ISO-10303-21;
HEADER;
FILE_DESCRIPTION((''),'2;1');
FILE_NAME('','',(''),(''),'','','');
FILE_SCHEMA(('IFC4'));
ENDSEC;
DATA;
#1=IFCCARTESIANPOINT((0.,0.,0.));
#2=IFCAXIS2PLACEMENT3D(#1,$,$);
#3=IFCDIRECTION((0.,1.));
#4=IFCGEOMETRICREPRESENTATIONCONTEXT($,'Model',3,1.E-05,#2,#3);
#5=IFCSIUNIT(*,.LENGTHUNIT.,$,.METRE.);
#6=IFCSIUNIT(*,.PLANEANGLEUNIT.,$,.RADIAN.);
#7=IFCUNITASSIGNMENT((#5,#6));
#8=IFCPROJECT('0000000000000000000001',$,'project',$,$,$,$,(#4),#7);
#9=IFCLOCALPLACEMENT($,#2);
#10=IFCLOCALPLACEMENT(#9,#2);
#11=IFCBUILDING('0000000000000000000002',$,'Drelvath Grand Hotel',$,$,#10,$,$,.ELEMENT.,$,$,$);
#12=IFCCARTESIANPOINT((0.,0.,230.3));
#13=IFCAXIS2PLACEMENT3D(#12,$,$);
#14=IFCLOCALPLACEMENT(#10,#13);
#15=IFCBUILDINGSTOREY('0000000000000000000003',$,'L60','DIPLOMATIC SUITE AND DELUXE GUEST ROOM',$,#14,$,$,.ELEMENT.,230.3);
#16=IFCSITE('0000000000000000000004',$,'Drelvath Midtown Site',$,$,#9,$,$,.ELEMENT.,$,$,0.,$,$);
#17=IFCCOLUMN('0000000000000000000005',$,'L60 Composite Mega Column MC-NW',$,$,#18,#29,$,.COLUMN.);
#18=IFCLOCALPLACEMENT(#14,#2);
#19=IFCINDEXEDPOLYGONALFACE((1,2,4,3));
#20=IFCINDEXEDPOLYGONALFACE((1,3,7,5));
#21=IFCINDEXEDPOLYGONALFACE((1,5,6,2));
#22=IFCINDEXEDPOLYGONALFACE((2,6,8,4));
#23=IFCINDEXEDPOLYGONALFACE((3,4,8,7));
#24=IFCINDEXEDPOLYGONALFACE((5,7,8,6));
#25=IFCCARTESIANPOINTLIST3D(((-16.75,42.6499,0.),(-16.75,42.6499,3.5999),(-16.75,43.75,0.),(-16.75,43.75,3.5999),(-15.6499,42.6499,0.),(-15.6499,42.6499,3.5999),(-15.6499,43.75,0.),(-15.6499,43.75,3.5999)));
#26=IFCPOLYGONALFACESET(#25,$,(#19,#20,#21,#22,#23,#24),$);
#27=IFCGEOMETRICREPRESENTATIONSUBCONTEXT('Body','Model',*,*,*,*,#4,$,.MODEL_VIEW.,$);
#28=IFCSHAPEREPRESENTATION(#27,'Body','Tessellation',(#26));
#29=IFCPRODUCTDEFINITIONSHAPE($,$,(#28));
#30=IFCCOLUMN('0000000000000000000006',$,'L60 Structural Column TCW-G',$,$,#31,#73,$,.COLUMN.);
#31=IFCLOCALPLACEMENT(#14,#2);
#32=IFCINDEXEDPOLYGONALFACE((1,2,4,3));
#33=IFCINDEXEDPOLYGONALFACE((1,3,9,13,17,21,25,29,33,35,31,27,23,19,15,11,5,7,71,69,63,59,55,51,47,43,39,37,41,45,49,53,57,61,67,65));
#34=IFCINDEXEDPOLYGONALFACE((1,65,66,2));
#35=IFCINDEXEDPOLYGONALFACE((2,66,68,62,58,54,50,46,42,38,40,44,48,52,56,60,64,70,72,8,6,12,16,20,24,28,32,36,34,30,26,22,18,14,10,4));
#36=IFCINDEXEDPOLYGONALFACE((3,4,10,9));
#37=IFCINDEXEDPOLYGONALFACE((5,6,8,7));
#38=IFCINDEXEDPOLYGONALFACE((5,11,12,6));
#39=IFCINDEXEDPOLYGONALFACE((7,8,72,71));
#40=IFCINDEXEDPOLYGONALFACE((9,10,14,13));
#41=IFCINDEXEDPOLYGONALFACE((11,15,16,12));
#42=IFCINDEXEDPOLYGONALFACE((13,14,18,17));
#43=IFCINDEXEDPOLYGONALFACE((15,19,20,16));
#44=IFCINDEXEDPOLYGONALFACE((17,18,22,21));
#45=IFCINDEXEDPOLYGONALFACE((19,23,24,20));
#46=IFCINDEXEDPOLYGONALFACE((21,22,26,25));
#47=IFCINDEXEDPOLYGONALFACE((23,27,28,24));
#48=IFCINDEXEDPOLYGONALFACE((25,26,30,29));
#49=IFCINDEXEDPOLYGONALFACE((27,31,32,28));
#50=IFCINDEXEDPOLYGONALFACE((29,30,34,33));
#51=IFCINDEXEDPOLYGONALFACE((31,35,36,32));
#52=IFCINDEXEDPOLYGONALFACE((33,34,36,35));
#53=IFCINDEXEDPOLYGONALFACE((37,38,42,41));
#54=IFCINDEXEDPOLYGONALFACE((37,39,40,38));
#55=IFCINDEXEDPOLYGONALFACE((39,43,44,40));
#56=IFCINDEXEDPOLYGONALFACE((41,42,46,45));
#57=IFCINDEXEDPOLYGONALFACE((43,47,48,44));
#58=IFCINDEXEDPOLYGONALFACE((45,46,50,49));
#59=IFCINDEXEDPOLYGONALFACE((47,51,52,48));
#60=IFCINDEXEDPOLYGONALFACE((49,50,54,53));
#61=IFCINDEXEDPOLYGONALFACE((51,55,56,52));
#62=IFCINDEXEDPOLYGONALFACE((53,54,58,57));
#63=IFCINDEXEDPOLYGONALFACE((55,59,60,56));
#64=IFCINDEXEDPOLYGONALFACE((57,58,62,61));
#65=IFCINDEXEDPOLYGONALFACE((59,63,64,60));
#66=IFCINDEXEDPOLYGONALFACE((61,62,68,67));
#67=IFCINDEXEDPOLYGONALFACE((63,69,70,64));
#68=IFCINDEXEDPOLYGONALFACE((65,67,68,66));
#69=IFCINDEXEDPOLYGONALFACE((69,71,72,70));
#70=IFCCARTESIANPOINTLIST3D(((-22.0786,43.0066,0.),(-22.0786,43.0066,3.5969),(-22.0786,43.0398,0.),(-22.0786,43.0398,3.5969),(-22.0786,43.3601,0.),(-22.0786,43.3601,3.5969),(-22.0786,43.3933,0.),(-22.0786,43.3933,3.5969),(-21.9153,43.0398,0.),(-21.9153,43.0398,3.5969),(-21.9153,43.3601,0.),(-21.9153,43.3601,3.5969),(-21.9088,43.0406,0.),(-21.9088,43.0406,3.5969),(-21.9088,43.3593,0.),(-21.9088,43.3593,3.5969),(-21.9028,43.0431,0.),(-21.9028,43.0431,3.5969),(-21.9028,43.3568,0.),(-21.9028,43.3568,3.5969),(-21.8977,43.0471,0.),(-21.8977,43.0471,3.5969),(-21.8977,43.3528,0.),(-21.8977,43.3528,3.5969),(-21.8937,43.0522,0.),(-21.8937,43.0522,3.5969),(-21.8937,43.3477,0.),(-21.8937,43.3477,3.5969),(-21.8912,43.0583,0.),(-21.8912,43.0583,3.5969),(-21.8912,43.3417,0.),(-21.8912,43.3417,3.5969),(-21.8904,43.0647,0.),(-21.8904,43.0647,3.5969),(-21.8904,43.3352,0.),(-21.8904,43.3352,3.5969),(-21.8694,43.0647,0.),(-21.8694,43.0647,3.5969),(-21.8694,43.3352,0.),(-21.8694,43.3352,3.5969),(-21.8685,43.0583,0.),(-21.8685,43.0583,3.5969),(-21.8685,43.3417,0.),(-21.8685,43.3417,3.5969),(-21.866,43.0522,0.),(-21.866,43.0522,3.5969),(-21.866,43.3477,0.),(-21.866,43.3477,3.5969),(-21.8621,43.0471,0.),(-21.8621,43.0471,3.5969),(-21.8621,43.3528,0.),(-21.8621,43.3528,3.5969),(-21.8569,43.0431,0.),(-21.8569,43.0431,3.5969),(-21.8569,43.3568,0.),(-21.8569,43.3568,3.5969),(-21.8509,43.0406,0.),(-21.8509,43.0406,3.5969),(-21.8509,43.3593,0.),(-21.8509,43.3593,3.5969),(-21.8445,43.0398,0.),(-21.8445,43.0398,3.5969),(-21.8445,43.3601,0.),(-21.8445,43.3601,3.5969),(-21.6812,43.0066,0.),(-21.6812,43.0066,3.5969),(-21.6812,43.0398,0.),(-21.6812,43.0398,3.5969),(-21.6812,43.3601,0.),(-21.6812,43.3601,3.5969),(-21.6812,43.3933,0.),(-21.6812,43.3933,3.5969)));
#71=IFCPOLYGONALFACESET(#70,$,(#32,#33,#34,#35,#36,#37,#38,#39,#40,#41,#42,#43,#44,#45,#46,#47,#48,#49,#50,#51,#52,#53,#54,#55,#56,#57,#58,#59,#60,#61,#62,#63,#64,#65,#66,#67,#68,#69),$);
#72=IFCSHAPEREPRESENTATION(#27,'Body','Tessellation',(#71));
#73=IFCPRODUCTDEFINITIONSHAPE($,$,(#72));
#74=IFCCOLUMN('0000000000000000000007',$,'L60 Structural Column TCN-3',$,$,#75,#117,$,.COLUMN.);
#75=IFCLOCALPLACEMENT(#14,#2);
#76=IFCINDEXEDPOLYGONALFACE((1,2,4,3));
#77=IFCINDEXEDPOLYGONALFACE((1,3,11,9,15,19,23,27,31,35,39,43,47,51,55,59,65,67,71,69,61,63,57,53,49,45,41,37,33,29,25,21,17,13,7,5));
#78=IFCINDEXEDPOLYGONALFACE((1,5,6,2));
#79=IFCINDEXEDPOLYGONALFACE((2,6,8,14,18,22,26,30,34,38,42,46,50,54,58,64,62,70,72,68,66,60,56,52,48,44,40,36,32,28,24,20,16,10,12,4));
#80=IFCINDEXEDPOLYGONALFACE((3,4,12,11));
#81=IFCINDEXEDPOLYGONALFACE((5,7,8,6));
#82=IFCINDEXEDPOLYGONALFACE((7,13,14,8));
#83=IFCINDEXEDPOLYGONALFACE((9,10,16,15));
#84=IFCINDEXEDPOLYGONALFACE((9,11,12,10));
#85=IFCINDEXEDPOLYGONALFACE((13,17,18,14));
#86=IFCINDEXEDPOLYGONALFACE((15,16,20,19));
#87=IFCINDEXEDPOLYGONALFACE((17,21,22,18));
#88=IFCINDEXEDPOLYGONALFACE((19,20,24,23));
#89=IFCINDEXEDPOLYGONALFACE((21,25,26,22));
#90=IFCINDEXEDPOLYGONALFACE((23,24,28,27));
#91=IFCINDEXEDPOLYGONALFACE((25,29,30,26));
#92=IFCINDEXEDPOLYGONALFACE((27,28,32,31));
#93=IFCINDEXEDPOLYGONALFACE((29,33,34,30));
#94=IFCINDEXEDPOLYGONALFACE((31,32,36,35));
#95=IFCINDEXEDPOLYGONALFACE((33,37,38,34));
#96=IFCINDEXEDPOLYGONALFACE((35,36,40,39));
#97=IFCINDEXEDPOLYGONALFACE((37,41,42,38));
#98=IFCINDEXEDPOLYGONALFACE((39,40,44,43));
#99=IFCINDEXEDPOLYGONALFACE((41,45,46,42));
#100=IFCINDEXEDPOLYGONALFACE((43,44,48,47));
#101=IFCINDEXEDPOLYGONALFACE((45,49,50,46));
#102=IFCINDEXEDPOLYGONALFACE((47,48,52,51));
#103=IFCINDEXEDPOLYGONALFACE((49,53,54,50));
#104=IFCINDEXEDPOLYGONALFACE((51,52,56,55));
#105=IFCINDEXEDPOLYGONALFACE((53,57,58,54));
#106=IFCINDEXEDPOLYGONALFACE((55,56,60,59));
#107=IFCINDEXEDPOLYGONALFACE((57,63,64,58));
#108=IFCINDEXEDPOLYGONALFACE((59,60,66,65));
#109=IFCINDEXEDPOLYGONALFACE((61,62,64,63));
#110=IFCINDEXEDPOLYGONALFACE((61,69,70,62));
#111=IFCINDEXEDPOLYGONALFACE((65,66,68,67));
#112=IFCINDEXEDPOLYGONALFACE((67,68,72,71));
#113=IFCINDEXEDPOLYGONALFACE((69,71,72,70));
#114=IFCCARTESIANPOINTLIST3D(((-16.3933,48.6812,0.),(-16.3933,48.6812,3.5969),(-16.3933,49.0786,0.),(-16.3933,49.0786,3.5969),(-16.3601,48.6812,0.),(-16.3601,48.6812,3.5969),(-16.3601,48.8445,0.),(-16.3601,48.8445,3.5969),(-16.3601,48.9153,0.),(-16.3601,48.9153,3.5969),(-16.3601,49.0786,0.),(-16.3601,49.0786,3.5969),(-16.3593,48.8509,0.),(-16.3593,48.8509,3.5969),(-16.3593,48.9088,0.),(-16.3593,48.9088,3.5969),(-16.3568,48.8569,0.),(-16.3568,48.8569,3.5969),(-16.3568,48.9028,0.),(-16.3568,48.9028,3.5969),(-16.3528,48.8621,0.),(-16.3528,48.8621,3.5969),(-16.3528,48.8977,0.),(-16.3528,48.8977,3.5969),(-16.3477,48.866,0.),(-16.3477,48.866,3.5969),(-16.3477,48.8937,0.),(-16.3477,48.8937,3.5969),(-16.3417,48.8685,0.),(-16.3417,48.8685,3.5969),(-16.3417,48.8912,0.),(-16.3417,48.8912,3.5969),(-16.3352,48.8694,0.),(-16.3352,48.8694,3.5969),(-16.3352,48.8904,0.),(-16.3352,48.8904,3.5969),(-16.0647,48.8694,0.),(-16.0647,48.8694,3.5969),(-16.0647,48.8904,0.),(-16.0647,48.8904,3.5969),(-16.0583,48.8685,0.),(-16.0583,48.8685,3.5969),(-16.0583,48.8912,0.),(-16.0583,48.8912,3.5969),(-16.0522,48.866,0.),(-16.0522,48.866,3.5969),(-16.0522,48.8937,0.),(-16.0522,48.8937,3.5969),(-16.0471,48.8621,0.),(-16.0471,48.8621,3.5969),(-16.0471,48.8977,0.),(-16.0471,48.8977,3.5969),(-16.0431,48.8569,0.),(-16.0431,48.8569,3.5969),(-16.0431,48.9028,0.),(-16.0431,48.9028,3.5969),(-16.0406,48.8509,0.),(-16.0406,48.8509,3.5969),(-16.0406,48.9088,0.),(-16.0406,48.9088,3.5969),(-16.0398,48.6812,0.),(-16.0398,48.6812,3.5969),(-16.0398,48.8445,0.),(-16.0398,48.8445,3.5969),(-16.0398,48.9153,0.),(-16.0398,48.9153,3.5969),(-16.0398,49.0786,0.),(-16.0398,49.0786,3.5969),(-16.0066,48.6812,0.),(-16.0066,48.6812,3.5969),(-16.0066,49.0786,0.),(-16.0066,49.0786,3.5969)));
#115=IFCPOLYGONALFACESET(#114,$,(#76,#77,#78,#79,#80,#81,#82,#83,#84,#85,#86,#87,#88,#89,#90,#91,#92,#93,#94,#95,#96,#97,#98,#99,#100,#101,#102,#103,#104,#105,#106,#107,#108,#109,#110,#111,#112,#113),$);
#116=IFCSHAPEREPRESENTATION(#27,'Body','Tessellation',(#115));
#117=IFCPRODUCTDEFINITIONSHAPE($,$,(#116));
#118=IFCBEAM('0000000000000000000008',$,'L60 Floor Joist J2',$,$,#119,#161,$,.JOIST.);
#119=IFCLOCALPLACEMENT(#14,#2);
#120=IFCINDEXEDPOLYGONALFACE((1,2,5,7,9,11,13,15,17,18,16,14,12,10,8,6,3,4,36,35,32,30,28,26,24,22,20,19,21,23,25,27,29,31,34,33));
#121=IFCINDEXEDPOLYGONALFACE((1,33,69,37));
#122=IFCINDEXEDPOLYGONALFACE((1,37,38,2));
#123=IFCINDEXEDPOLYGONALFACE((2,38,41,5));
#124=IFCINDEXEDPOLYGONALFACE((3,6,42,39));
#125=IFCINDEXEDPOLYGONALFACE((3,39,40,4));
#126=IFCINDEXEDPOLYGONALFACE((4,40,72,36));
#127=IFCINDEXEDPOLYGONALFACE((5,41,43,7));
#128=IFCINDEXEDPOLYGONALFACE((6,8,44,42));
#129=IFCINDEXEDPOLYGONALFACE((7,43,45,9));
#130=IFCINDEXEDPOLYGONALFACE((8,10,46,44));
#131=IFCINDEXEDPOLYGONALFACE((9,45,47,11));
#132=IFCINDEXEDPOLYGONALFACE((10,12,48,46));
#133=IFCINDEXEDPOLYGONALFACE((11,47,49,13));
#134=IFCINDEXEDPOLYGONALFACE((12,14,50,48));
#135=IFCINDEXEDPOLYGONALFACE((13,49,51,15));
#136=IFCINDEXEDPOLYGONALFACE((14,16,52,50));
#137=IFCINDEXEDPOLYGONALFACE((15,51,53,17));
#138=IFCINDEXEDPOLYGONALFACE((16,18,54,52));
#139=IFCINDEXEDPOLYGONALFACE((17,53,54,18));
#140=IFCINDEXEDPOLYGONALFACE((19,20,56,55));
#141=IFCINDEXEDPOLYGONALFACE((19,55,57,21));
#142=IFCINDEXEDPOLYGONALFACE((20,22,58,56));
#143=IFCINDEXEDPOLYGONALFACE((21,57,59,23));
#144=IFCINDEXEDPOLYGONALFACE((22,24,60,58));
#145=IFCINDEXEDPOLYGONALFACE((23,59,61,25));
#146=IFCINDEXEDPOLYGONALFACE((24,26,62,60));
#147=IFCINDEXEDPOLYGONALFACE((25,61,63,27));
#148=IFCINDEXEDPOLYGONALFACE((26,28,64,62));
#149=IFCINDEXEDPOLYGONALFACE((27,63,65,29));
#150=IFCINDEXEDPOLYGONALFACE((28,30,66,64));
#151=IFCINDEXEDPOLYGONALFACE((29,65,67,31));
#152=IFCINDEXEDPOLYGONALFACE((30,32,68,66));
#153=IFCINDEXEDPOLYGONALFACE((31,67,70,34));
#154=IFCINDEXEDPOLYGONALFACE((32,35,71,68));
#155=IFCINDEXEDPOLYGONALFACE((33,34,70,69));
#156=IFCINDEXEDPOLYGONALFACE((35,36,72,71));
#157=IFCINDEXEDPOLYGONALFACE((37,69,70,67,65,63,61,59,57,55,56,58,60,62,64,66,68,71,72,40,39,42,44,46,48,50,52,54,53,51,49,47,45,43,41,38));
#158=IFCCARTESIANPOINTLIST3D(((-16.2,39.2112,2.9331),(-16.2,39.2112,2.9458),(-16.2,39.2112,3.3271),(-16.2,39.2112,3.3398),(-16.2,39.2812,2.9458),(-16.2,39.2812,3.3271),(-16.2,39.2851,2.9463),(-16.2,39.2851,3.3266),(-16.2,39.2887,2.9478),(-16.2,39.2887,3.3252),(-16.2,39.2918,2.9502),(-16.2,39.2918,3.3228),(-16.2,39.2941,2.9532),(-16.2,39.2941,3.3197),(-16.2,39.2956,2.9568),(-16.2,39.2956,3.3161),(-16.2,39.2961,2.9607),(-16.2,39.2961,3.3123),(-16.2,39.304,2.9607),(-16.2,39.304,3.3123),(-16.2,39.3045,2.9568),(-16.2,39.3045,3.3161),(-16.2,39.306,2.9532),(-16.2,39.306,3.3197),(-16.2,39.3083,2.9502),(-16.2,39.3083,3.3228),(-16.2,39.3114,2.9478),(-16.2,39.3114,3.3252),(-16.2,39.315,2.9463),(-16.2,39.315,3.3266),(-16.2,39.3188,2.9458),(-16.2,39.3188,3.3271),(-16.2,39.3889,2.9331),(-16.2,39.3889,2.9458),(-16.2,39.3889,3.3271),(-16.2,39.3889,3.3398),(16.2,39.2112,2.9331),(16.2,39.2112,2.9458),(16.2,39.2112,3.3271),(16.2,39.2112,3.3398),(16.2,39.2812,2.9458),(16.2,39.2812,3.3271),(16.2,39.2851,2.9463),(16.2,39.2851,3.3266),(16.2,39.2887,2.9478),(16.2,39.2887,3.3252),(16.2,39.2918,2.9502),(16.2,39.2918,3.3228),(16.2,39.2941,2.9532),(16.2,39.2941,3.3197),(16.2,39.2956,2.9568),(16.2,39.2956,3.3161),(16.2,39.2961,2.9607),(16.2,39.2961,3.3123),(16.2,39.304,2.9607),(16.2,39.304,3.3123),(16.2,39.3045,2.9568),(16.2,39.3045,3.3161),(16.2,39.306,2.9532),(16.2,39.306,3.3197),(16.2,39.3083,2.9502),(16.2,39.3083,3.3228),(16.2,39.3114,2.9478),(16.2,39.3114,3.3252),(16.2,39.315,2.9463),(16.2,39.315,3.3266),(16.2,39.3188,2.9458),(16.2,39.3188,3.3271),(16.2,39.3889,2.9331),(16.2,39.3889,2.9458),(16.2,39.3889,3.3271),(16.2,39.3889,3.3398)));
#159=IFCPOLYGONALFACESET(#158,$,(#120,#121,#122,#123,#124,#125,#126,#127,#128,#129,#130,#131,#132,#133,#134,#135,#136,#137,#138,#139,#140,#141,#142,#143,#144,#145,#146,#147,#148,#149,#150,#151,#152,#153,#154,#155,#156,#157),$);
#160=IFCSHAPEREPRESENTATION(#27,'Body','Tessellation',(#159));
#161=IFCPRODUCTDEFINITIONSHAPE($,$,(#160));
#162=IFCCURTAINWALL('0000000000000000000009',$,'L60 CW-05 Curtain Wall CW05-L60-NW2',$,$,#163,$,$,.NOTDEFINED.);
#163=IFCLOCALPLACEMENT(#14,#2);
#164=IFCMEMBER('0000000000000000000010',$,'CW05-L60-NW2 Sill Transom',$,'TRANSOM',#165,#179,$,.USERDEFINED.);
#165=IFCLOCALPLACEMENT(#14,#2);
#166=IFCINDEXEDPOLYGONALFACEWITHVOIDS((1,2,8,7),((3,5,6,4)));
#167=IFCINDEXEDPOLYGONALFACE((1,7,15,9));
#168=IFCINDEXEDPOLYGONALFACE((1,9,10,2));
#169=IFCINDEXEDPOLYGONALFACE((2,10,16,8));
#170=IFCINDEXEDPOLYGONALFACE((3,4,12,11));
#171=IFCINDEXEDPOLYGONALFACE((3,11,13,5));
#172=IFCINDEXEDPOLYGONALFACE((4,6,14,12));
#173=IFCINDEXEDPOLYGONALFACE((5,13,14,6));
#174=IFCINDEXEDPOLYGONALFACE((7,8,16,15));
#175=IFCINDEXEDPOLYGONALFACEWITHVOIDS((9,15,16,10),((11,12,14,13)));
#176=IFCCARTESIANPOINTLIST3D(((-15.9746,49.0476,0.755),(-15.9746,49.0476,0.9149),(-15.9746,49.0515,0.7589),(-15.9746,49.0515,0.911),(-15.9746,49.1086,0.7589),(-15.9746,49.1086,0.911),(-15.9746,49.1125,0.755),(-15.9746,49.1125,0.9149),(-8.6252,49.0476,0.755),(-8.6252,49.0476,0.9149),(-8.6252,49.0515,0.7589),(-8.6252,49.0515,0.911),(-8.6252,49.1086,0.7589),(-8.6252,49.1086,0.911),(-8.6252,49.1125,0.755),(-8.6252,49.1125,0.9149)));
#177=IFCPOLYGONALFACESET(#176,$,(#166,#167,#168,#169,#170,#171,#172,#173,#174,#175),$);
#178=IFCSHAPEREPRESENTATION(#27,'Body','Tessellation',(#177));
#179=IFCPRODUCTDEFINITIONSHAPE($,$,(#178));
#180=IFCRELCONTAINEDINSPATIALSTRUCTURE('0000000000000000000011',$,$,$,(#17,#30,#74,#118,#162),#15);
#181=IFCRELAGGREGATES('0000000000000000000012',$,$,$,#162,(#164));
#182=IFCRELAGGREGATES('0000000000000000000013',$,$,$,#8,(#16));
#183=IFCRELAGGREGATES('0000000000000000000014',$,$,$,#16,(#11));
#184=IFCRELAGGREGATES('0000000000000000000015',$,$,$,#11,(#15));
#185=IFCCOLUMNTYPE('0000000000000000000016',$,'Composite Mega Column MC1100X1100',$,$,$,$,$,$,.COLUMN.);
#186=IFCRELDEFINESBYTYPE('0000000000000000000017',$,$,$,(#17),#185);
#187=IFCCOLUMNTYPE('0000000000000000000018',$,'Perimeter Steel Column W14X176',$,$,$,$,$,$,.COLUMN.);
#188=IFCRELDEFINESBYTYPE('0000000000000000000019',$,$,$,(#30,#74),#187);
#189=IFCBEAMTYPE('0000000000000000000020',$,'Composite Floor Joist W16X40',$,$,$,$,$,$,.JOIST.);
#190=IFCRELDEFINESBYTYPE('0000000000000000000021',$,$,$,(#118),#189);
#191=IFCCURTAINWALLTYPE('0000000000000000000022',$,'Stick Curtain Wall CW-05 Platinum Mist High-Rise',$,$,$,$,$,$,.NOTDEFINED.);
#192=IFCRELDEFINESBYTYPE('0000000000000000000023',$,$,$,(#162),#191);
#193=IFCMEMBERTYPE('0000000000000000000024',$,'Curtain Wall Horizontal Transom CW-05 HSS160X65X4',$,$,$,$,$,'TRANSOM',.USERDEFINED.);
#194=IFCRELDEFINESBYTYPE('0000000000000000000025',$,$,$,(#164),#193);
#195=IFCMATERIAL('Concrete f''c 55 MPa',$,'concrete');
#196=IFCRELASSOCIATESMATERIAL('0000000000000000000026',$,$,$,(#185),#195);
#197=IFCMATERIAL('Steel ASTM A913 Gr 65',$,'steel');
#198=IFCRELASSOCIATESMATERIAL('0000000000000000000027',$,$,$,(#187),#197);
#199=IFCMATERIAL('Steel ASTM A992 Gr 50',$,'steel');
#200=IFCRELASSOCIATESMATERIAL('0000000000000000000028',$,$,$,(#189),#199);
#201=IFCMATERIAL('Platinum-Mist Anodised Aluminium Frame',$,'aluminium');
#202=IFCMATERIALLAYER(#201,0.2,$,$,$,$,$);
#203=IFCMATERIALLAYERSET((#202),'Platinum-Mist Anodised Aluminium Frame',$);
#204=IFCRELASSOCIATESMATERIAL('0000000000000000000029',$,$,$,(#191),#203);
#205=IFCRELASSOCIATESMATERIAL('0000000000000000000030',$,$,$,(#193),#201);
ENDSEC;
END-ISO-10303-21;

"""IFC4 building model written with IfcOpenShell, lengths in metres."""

from ifc_helpers import new_model, si_unit, direction, frame, origin, origin_2d, place, context, subcontext, project, spatial, rectangle, hollow_rectangle, i_section, extrude, material, layer, layer_set, material_profile, profile_set, type_object, element, aggregate, save


model = new_model("IFC4")

# Units and contexts
model_context = context("Model", 3, precision=1e-05, world=origin(), true_north=direction((0.0, 1.0)))
body_context = subcontext(model_context, "Body", "Model", "MODEL_VIEW")
ifc_project = project(units=[si_unit("LENGTHUNIT", "METRE"), si_unit("PLANEANGLEUNIT", "RADIAN")], contexts=[model_context])

# Site, building, storey
site_placement = place(None, origin())
site = spatial("IfcSite", under=ifc_project, at=site_placement, Name="Drelvath Midtown Site", CompositionType="ELEMENT", RefElevation=0.0)
building_placement = place(site_placement, origin())
building = spatial("IfcBuilding", under=site, at=building_placement, Name="Drelvath Grand Hotel", CompositionType="ELEMENT")
storey_placement = place(building_placement, frame((0.0, 0.0, 230.3)))
storey = spatial("IfcBuildingStorey", under=building, at=storey_placement, Name="L60", Description="DIPLOMATIC SUITE AND DELUXE GUEST ROOM", CompositionType="ELEMENT", Elevation=230.3)

# Columns
ifc_material_1 = material(Name="Concrete f'c 55 MPa", Category="concrete")
ifc_material_profile_1 = material_profile(ifc_material_1, rectangle(XDim=1.1001, YDim=1.1001, at=origin_2d()), Name="MC1100X1100")
ifc_profile_set_1 = profile_set([ifc_material_profile_1], Name="Concrete f'c 55 MPa")
column_type_1 = type_object("IfcColumnType", Name="Composite Mega Column MC1100X1100", PredefinedType="COLUMN", material=ifc_profile_set_1)
column_placement = place(storey_placement, frame((-16.2, 43.2, 0.0), z_axis=(0.0, 0.0, 1.0), x_axis=(1.0, 0.0, 0.0)))
element("IfcColumn", 1, at=column_placement, inside=storey, type_object=column_type_1, Name="L60 Composite Mega Column MC-NW", PredefinedType="COLUMN", context=body_context, shape_type="SweptSolid", body=[
    extrude(rectangle(XDim=1.1001, YDim=1.1001, at=origin_2d()), origin(), (0.0, 0.0, 1.0), 3.5999),
])
ifc_material_2 = material(Name="Steel ASTM A913 Gr 65", Category="steel")
ifc_material_profile_2 = material_profile(ifc_material_2, i_section(OverallWidth=0.3975, OverallDepth=0.3867, WebThickness=0.021, FlangeThickness=0.0332, FilletRadius=0.0249, at=origin_2d()), Name="W14X176")
ifc_profile_set_2 = profile_set([ifc_material_profile_2], Name="Steel ASTM A913 Gr 65")
column_type_2 = type_object("IfcColumnType", Name="Perimeter Steel Column W14X176", PredefinedType="COLUMN", material=ifc_profile_set_2)
for number, where, z_axis, x_axis, name in (
    (2, (-21.8799, 43.2, 0.0), (0.0, 0.0, 1.0), (1.0, 0.0, 0.0), "L60 Structural Column TCW-G"),
    (3, (-16.2, 48.8799, 0.0), (0.0, 0.0, 1.0), (0.0, 1.0, 0.0), "L60 Structural Column TCN-3"),
):
    element("IfcColumn", number, at=place(storey_placement, frame(where, z_axis=z_axis, x_axis=x_axis)), inside=storey, type_object=column_type_2, Name=name, PredefinedType="COLUMN", context=body_context, shape_type="SweptSolid", body=[
        extrude(i_section(OverallWidth=0.3975, OverallDepth=0.3867, WebThickness=0.021, FlangeThickness=0.0332, FilletRadius=0.0249, at=origin_2d()), origin(), (0.0, 0.0, 1.0), 3.5969),
    ])

# Beam
ifc_material_3 = material(Name="Steel ASTM A992 Gr 50", Category="steel")
ifc_material_profile_3 = material_profile(ifc_material_3, i_section(OverallWidth=0.1777, OverallDepth=0.4067, WebThickness=0.0078, FlangeThickness=0.0127, FilletRadius=0.0149, at=origin_2d()), Name="W16X40")
ifc_profile_set_3 = profile_set([ifc_material_profile_3], Name="Steel ASTM A992 Gr 50")
beam_type_1 = type_object("IfcBeamType", Name="Composite Floor Joist W16X40", PredefinedType="JOIST", material=ifc_profile_set_3)
beam_1_placement = place(storey_placement, frame((-16.2, 39.3, 3.1365), z_axis=(1.0, 0.0, 0.0), x_axis=(0.0, 1.0, 0.0)))
element("IfcBeam", 4, at=beam_1_placement, inside=storey, type_object=beam_type_1, Name="L60 Floor Joist J2", PredefinedType="JOIST", context=body_context, shape_type="SweptSolid", body=[
    extrude(i_section(OverallWidth=0.1777, OverallDepth=0.4067, WebThickness=0.0078, FlangeThickness=0.0127, FilletRadius=0.0149, at=origin_2d()), origin(), (0.0, 0.0, 1.0), 32.3999),
])

# Curtain wall, member
ifc_material_4 = material(Name="Platinum-Mist Anodised Aluminium Frame", Category="aluminium")
ifc_layer_1 = layer(ifc_material_4, 0.2)
ifc_layer_set_1 = layer_set([ifc_layer_1], Name="Platinum-Mist Anodised Aluminium Frame")
curtain_wall_type = type_object("IfcCurtainWallType", Name="Stick Curtain Wall CW-05 Platinum Mist High-Rise", PredefinedType="NOTDEFINED", material=ifc_layer_set_1)
curtain_wall_1_placement = place(storey_placement, origin())
curtain_wall_1 = element("IfcCurtainWall", 5, at=curtain_wall_1_placement, inside=storey, type_object=curtain_wall_type, Name="L60 CW-05 Curtain Wall CW05-L60-NW2", PredefinedType="NOTDEFINED")
ifc_material_profile_4 = material_profile(ifc_material_4, hollow_rectangle(XDim=0.0649, YDim=0.1599, WallThickness=0.0039, at=origin_2d()), Name="HSS160X65X4")
ifc_profile_set_4 = profile_set([ifc_material_profile_4], Name="Platinum-Mist Anodised Aluminium Frame")
member_type_1 = type_object("IfcMemberType", Name="Curtain Wall Horizontal Transom CW-05 HSS160X65X4", ElementType="TRANSOM", PredefinedType="USERDEFINED", material=ifc_profile_set_4)
member_1_placement = place(storey_placement, frame((-15.9746, 49.0801, 0.835), z_axis=(1.0, 0.0, 0.0), x_axis=(0.0, 1.0, 0.0)))
member_1 = element("IfcMember", 6, at=member_1_placement, type_object=member_type_1, Name="CW05-L60-NW2 Sill Transom", ObjectType="TRANSOM", PredefinedType="USERDEFINED", context=body_context, shape_type="SweptSolid", body=[
    extrude(hollow_rectangle(XDim=0.0649, YDim=0.1599, WallThickness=0.0039, at=origin_2d()), origin(), (0.0, 0.0, 1.0), 7.3494),
])

aggregate(curtain_wall_1, [member_1])

save(model, "model.ifc")
